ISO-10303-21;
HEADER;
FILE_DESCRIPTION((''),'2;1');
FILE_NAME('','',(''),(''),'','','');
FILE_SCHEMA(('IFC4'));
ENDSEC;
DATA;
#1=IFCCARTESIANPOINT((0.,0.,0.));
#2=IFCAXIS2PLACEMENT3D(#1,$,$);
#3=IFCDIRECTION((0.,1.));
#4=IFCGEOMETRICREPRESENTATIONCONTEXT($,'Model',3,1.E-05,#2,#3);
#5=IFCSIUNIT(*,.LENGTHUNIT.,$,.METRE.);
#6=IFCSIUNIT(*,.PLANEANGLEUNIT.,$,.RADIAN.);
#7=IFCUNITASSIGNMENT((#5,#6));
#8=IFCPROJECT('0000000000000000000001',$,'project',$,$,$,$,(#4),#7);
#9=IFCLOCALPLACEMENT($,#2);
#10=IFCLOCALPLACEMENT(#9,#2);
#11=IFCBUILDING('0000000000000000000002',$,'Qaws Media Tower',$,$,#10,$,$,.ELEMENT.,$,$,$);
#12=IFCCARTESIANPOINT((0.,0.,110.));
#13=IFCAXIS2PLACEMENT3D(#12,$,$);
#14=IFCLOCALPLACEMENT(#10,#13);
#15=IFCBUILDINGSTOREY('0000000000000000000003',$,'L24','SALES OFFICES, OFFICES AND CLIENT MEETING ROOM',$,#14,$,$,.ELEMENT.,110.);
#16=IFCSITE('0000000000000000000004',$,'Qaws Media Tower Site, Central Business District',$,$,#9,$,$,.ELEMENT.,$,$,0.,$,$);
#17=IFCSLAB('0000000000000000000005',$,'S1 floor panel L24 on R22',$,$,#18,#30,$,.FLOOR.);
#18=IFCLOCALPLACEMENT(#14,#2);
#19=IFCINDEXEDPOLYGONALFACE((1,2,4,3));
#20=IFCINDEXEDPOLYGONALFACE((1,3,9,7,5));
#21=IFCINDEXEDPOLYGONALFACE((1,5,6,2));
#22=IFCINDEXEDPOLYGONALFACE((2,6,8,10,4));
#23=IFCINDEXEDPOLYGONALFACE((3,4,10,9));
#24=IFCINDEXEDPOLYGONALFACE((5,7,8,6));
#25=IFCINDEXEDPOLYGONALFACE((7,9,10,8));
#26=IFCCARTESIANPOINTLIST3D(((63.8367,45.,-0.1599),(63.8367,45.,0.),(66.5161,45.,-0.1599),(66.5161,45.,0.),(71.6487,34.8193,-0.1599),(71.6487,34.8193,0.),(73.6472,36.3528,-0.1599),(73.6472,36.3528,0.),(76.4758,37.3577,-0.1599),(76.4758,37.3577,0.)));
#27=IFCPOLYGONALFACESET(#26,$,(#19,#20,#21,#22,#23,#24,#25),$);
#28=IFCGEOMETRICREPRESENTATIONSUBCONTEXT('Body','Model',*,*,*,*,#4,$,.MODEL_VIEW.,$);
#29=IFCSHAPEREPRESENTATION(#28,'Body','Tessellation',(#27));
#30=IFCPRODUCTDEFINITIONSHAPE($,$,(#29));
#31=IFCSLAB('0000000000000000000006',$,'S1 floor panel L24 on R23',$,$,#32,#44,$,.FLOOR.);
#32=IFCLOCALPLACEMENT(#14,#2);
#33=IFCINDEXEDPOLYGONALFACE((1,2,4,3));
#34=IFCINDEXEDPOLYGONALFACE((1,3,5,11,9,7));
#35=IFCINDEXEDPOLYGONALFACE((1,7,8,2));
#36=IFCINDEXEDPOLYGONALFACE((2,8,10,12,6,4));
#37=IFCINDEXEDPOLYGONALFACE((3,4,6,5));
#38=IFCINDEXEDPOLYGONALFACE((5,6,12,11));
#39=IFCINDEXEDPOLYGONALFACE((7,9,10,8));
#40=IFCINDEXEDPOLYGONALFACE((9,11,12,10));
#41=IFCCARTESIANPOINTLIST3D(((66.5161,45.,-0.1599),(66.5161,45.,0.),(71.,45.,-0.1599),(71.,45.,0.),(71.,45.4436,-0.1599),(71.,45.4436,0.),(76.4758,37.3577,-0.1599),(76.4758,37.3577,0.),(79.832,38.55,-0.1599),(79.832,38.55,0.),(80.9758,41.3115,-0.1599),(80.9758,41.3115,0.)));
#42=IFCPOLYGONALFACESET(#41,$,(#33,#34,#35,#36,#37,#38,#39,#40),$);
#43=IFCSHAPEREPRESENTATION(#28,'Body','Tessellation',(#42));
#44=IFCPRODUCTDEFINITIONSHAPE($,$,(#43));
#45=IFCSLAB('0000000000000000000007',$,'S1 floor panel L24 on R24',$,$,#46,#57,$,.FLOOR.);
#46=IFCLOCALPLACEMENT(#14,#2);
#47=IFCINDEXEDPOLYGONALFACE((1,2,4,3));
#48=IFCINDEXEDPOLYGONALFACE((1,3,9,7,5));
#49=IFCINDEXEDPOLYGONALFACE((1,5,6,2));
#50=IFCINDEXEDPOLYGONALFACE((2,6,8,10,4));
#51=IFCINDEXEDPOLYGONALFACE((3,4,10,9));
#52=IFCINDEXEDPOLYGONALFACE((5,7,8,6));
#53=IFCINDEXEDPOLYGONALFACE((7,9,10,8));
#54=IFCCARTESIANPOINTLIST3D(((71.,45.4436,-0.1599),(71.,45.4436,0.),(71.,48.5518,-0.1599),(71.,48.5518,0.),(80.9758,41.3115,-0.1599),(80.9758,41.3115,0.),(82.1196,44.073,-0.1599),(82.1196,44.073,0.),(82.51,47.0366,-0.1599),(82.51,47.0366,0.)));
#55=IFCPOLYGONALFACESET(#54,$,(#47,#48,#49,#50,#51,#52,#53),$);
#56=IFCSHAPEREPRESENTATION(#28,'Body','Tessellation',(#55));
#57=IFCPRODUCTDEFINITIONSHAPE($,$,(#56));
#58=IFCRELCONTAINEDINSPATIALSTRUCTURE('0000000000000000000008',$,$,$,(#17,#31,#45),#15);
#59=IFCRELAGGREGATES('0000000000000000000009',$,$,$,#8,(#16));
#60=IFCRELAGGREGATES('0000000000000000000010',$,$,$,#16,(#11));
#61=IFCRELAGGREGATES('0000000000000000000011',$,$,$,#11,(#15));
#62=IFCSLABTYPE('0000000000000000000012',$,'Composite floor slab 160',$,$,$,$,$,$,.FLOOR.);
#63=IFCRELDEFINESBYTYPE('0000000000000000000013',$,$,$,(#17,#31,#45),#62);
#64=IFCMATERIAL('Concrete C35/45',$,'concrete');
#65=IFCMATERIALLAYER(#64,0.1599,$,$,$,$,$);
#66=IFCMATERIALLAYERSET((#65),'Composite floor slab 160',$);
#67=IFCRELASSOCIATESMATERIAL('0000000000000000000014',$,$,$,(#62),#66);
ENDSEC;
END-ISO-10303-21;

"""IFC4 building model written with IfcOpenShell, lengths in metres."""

from ifc_helpers import new_model, si_unit, direction, frame, origin, place, context, subcontext, project, spatial, polyline, outline, extrude, material, layer, layer_set, type_object, element, save


model = new_model("IFC4")

# Units and contexts
model_context = context("Model", 3, precision=1e-05, world=origin(), true_north=direction((0.0, 1.0)))
body_context = subcontext(model_context, "Body", "Model", "MODEL_VIEW")
ifc_project = project(units=[si_unit("LENGTHUNIT", "METRE"), si_unit("PLANEANGLEUNIT", "RADIAN")], contexts=[model_context])

# Site, building, storey
site_placement = place(None, origin())
site = spatial("IfcSite", under=ifc_project, at=site_placement, Name="Qaws Media Tower Site, Central Business District", CompositionType="ELEMENT", RefElevation=0.0)
building_placement = place(site_placement, origin())
building = spatial("IfcBuilding", under=site, at=building_placement, Name="Qaws Media Tower", CompositionType="ELEMENT")
storey_placement = place(building_placement, frame((0.0, 0.0, 110.0)))
storey = spatial("IfcBuildingStorey", under=building, at=storey_placement, Name="L24", Description="SALES OFFICES, OFFICES AND CLIENT MEETING ROOM", CompositionType="ELEMENT", Elevation=110.0)

# Slabs
ifc_material_1 = material(Name="Concrete C35/45", Category="concrete")
ifc_layer_1 = layer(ifc_material_1, 0.1599)
ifc_layer_set_1 = layer_set([ifc_layer_1], Name="Composite floor slab 160")
slab_type_1 = type_object("IfcSlabType", Name="Composite floor slab 160", PredefinedType="FLOOR", material=ifc_layer_set_1)
slab_1_placement = place(storey_placement, frame((0.0, 0.0, -0.1599)))
element("IfcSlab", 1, at=slab_1_placement, inside=storey, type_object=slab_type_1, Name="S1 floor panel L24 on R22", PredefinedType="FLOOR", context=body_context, shape_type="SweptSolid", body=[
    extrude(outline(polyline([(73.6472, 36.3528), (71.6487, 34.8193), (63.8367, 45.0), (66.5161, 45.0), (76.4758, 37.3577), (73.6472, 36.3528)])), origin(), (0.0, 0.0, 1.0), 0.1599),
])
slab_2_placement = place(storey_placement, frame((0.0, 0.0, -0.1599)))
element("IfcSlab", 2, at=slab_2_placement, inside=storey, type_object=slab_type_1, Name="S1 floor panel L24 on R23", PredefinedType="FLOOR", context=body_context, shape_type="SweptSolid", body=[
    extrude(outline(polyline([(79.832, 38.55), (76.4758, 37.3577), (66.5161, 45.0), (71.0, 45.0), (71.0, 45.4436), (80.9758, 41.3115), (79.832, 38.55)])), origin(), (0.0, 0.0, 1.0), 0.1599),
])
slab_3_placement = place(storey_placement, frame((0.0, 0.0, -0.1599)))
element("IfcSlab", 3, at=slab_3_placement, inside=storey, type_object=slab_type_1, Name="S1 floor panel L24 on R24", PredefinedType="FLOOR", context=body_context, shape_type="SweptSolid", body=[
    extrude(outline(polyline([(80.9758, 41.3115), (71.0, 45.4436), (71.0, 48.5518), (82.51, 47.0366), (82.1196, 44.073), (80.9758, 41.3115)])), origin(), (0.0, 0.0, 1.0), 0.1599),
])

save(model, "model.ifc")
